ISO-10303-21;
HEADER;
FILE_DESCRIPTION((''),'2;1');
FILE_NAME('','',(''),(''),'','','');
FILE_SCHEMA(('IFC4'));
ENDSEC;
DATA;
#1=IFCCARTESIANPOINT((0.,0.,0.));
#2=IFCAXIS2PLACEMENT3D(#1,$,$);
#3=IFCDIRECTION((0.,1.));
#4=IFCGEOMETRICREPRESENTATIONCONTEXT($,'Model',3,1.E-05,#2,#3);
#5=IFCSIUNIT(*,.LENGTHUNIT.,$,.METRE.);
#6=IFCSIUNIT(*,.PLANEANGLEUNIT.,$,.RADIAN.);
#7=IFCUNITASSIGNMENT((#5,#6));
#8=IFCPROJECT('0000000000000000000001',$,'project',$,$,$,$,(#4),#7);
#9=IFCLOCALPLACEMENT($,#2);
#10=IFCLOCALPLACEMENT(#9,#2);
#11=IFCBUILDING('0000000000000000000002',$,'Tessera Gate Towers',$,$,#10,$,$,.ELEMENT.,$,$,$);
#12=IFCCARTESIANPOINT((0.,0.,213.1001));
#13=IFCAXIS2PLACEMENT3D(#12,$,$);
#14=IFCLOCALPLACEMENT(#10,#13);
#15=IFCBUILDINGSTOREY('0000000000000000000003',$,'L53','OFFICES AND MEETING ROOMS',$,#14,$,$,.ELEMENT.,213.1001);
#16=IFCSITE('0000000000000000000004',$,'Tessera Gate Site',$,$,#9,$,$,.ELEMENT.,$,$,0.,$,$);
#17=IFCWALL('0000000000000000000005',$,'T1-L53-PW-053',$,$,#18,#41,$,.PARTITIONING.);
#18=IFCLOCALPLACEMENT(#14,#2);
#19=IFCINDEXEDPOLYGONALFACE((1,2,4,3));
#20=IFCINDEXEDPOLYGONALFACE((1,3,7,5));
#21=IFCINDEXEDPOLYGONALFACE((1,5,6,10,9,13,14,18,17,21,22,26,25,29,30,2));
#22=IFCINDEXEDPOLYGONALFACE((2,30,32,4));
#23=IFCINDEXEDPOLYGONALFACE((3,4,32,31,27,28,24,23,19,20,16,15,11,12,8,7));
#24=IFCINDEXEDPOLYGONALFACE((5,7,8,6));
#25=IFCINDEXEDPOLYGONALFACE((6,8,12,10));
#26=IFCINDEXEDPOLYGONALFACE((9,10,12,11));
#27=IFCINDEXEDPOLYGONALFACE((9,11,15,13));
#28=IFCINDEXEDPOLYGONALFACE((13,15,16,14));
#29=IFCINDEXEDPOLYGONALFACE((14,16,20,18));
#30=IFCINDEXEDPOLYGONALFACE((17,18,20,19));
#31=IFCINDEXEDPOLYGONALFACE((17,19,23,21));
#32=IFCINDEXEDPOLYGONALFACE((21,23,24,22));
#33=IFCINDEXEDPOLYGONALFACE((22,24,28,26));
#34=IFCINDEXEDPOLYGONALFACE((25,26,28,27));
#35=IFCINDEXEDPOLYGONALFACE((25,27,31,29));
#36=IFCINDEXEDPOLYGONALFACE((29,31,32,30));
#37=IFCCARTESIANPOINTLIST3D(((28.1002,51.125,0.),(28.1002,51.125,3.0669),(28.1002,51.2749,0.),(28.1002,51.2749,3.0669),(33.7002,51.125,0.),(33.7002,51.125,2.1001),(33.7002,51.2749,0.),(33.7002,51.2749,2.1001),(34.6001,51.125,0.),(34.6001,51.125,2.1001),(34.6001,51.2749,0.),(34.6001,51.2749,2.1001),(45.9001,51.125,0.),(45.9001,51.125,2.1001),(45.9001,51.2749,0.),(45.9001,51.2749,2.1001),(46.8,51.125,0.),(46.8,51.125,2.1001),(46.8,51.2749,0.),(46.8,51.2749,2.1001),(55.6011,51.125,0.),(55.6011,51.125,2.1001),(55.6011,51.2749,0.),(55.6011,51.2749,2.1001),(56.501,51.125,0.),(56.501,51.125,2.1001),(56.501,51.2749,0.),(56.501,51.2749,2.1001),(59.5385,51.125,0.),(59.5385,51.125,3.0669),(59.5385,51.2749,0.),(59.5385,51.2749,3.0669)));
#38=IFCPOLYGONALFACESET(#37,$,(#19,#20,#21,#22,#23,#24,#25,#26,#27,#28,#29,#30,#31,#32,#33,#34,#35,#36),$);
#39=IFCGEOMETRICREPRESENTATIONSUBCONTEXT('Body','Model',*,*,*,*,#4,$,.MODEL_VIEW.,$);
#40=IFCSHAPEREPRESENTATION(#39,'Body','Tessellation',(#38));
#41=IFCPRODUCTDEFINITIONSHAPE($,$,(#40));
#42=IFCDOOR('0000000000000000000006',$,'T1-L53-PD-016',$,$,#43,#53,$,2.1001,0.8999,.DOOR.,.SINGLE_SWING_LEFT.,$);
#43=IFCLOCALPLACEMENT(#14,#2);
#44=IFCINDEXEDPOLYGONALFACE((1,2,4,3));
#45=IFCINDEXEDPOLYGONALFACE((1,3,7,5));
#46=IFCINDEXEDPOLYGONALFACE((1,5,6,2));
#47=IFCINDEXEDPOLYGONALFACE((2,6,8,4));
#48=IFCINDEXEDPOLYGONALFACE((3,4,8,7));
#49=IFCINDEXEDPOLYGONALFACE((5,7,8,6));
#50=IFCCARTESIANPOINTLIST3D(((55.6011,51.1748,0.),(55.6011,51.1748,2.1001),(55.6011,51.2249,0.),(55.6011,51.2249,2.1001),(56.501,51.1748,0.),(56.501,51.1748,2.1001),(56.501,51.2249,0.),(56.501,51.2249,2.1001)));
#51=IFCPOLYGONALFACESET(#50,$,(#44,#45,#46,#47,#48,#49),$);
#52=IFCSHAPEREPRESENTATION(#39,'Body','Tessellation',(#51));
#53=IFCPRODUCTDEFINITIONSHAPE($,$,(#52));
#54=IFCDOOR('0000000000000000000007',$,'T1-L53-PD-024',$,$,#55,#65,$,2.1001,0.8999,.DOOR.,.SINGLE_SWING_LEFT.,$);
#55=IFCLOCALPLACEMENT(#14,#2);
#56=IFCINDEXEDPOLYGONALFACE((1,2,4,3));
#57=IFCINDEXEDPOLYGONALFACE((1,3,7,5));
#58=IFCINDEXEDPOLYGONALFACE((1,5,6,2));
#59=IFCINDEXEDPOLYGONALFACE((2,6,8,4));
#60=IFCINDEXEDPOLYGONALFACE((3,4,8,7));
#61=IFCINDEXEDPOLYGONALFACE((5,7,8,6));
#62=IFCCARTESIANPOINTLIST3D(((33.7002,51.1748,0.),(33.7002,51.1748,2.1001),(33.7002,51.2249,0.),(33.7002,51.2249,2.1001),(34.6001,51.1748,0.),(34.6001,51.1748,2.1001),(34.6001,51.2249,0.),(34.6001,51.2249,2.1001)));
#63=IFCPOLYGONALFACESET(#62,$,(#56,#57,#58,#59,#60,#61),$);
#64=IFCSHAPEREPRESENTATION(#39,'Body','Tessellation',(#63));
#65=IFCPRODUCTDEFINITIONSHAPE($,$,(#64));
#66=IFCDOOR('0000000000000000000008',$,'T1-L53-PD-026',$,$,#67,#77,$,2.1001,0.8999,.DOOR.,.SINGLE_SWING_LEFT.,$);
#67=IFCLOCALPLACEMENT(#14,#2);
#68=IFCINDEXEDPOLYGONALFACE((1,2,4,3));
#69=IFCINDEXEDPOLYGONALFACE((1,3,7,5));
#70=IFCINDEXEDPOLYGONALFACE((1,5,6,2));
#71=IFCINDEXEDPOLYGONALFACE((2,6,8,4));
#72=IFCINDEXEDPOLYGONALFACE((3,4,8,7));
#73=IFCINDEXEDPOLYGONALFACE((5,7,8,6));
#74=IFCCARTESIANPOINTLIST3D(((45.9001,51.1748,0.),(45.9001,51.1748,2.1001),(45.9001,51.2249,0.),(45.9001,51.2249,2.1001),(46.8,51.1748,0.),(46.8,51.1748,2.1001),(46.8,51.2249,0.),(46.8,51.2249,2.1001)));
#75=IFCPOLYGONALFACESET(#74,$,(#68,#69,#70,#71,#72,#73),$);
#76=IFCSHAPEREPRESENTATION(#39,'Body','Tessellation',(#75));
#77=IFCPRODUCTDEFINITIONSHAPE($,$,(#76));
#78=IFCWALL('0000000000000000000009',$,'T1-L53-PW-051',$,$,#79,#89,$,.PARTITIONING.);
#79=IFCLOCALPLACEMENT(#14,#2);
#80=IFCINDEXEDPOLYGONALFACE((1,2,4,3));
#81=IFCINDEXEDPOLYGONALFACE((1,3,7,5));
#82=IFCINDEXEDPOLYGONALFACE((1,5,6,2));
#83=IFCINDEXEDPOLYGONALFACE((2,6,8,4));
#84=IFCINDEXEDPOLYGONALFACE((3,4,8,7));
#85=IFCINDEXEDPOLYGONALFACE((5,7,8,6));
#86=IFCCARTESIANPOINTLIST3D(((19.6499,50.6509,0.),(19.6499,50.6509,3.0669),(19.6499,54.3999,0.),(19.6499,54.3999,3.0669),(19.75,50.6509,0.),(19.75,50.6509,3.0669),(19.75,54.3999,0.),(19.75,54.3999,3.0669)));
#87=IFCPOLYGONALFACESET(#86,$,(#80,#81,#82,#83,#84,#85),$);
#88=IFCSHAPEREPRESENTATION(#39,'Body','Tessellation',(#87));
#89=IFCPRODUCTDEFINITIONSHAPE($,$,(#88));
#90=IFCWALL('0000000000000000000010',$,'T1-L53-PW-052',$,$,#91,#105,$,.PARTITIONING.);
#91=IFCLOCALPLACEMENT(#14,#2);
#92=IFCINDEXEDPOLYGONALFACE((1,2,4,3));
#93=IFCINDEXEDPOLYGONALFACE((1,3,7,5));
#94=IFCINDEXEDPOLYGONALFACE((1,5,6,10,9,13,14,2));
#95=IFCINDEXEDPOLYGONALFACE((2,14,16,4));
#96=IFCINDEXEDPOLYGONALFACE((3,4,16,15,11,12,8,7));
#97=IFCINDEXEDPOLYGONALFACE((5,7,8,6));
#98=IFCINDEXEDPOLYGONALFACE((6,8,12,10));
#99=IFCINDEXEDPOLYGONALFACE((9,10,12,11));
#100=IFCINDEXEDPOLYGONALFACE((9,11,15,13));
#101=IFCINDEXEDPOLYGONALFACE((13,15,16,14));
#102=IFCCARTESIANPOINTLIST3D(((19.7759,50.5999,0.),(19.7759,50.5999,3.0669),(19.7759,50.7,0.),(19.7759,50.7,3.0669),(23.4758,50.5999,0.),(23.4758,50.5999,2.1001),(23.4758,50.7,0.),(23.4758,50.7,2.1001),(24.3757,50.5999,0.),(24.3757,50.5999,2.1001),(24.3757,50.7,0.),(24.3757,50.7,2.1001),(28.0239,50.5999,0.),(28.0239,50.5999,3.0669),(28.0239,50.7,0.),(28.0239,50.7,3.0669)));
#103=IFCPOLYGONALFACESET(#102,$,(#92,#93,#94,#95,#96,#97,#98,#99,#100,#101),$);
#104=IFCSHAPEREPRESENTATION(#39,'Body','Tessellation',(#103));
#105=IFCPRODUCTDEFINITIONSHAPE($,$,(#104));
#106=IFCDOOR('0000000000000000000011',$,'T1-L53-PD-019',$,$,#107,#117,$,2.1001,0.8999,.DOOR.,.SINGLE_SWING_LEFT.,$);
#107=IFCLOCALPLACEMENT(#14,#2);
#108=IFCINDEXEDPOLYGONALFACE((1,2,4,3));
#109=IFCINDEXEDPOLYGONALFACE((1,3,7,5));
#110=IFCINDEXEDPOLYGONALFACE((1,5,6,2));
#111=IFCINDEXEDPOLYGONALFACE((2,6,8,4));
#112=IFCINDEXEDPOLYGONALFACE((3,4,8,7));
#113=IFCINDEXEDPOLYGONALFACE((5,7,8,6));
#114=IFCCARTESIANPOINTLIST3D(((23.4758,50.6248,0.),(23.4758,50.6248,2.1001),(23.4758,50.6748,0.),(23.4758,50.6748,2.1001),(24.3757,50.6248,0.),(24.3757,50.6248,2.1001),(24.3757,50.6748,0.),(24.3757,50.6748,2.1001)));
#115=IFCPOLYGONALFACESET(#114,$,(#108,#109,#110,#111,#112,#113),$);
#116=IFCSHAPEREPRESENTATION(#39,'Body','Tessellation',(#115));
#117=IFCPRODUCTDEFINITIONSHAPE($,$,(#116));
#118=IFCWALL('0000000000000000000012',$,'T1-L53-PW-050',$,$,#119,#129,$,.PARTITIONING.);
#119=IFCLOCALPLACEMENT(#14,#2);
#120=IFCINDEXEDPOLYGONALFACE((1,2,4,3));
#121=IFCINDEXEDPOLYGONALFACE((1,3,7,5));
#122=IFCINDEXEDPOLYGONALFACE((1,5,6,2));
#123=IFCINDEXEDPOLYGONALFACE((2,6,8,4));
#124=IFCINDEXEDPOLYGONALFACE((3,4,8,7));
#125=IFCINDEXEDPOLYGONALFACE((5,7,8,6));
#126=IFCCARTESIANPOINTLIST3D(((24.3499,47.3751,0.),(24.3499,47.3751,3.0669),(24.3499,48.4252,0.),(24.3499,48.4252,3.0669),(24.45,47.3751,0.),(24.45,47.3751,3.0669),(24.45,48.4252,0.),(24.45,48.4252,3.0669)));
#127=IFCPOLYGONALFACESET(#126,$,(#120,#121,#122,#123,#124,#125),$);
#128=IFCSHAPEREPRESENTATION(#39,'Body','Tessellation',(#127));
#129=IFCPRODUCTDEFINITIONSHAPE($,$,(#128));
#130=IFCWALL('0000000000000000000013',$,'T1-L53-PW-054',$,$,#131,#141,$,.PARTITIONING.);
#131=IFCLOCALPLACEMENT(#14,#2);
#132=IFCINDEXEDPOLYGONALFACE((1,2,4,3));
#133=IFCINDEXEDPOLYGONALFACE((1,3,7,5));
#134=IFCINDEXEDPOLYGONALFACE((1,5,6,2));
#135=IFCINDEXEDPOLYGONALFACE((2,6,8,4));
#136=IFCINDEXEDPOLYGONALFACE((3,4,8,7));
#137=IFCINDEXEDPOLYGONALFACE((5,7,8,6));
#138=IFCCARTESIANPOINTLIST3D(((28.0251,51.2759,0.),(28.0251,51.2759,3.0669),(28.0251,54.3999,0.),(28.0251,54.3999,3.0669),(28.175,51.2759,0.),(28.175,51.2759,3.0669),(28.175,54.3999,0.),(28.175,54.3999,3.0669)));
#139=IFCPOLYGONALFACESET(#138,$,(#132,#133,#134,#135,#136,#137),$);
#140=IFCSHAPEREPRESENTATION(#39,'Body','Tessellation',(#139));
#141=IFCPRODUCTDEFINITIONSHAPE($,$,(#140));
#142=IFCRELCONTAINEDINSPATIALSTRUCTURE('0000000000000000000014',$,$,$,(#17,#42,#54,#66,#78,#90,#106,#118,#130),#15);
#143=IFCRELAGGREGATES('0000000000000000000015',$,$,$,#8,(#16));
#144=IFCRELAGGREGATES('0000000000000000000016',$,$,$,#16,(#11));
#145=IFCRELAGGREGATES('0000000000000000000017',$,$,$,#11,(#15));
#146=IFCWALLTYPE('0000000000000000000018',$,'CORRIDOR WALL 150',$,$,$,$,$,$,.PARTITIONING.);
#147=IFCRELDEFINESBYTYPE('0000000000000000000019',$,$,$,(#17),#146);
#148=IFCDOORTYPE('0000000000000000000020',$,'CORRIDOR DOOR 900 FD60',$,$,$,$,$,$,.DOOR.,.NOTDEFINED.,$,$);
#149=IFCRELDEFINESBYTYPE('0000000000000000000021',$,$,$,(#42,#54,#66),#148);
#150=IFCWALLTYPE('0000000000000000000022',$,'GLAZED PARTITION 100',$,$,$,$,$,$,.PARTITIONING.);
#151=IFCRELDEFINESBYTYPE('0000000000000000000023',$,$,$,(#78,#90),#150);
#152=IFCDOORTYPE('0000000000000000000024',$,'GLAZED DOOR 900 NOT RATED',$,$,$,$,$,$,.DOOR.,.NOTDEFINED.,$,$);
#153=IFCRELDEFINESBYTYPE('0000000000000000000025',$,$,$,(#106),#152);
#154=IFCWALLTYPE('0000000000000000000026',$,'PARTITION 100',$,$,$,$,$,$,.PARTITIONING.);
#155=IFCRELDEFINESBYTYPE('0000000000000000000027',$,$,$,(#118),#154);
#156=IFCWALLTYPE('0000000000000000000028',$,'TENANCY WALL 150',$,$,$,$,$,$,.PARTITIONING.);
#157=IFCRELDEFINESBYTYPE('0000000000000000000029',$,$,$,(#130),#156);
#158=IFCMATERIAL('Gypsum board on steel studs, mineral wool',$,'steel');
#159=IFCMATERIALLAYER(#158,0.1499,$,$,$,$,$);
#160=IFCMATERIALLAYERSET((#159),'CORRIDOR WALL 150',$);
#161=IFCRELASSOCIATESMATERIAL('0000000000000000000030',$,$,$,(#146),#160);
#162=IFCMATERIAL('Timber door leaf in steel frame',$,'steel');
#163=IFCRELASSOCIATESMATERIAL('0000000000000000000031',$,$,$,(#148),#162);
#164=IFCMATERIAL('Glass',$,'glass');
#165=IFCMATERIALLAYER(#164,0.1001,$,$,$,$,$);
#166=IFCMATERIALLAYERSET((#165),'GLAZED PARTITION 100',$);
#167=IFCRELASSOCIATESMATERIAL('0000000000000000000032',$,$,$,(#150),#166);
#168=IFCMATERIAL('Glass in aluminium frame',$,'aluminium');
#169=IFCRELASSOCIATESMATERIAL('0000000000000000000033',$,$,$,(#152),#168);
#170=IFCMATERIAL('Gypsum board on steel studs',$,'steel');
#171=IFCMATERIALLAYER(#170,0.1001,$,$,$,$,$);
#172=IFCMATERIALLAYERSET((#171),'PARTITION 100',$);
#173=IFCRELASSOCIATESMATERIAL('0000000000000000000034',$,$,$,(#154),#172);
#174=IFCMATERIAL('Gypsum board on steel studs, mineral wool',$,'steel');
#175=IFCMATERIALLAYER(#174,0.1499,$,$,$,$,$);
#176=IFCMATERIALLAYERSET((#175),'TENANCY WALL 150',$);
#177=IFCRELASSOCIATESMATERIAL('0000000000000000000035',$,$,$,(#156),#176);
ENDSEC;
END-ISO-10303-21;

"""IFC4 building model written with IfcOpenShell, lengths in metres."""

from ifc_helpers import new_model, si_unit, direction, frame, frame_2d, origin, place, context, subcontext, project, spatial, rectangle, extrude, source, transform, mapped, material, layer, layer_set, type_object, element, fill, save


model = new_model("IFC4")

# Units and contexts
model_context = context("Model", 3, precision=1e-05, world=origin(), true_north=direction((0.0, 1.0)))
body_context = subcontext(model_context, "Body", "Model", "MODEL_VIEW")
ifc_project = project(units=[si_unit("LENGTHUNIT", "METRE"), si_unit("PLANEANGLEUNIT", "RADIAN")], contexts=[model_context])

# Site, building, storey
site_placement = place(None, origin())
site = spatial("IfcSite", under=ifc_project, at=site_placement, Name="Tessera Gate Site", CompositionType="ELEMENT", RefElevation=0.0)
building_placement = place(site_placement, origin())
building = spatial("IfcBuilding", under=site, at=building_placement, Name="Tessera Gate Towers", CompositionType="ELEMENT")
storey_placement = place(building_placement, frame((0.0, 0.0, 213.1001)))
storey = spatial("IfcBuildingStorey", under=building, at=storey_placement, Name="L53", Description="OFFICES AND MEETING ROOMS", CompositionType="ELEMENT", Elevation=213.1001)

# Shared definitions
ifc_material_1 = material(Name="Gypsum board on steel studs, mineral wool", Category="steel")
ifc_layer_1 = layer(ifc_material_1, 0.1499)
ifc_layer_set_1 = layer_set([ifc_layer_1], Name="CORRIDOR WALL 150")
wall_type_1 = type_object("IfcWallType", Name="CORRIDOR WALL 150", PredefinedType="PARTITIONING", material=ifc_layer_set_1)

# Wall, openings, doors
wall_1_placement = place(storey_placement, frame((28.1001, 51.2, 0.0), z_axis=(0.0, 0.0, 1.0), x_axis=(1.0, 0.0, 0.0)))
wall_1 = element("IfcWall", 1, at=wall_1_placement, inside=storey, type_object=wall_type_1, Name="T1-L53-PW-053", PredefinedType="PARTITIONING", context=body_context, shape_type="SweptSolid", body=[
    extrude(rectangle(XDim=31.4382, YDim=0.1499, at=frame_2d((15.7192, 0.0))), origin(), (0.0, 0.0, 1.0), 3.0669),
])
shared_shape_1 = source(origin(), body_context, "Body", "SweptSolid", [
    extrude(rectangle(XDim=0.8999, YDim=2.1001, at=frame_2d((0.45, 1.05))), frame((0.0, 0.085, 0.0), z_axis=(0.0, -1.0, 0.0), x_axis=(1.0, 0.0, 0.0)), (0.0, 0.0, 1.0), 0.1699),
])
opening_1_placement = place(wall_1_placement, frame((27.501, 0.0, 0.0)))
opening_1 = element("IfcOpeningElement", 2, at=opening_1_placement, cuts=wall_1, PredefinedType="OPENING", context=body_context, shape_type="MappedRepresentation", body=[
    mapped(shared_shape_1, transform((0.0, 0.0, 0.0), scale=1.0)),
])
opening_2_placement = place(wall_1_placement, frame((5.6001, 0.0, 0.0)))
opening_2 = element("IfcOpeningElement", 3, at=opening_2_placement, cuts=wall_1, PredefinedType="OPENING", context=body_context, shape_type="MappedRepresentation", body=[
    mapped(shared_shape_1, transform((0.0, 0.0, 0.0), scale=1.0)),
])
opening_3_placement = place(wall_1_placement, frame((17.8, 0.0, 0.0)))
opening_3 = element("IfcOpeningElement", 4, at=opening_3_placement, cuts=wall_1, PredefinedType="OPENING", context=body_context, shape_type="MappedRepresentation", body=[
    mapped(shared_shape_1, transform((0.0, 0.0, 0.0), scale=1.0)),
])
ifc_material_2 = material(Name="Timber door leaf in steel frame", Category="steel")
door_type_1 = type_object("IfcDoorType", Name="CORRIDOR DOOR 900 FD60", OperationType="NOTDEFINED", PredefinedType="DOOR", material=ifc_material_2)
shared_shape_2 = source(origin(), body_context, "Body", "SweptSolid", [
    extrude(rectangle(XDim=0.8999, YDim=2.1001, at=frame_2d((0.45, 1.05))), frame((0.0, 0.0249, 0.0), z_axis=(0.0, -1.0, 0.0), x_axis=(1.0, 0.0, 0.0)), (0.0, 0.0, 1.0), 0.05),
])
door_1_placement = place(opening_1_placement, origin())
door_1 = element("IfcDoor", 5, at=door_1_placement, inside=storey, type_object=door_type_1, Name="T1-L53-PD-016", OperationType="SINGLE_SWING_LEFT", OverallHeight=2.1001, OverallWidth=0.8999, PredefinedType="DOOR", context=body_context, shape_type="MappedRepresentation", body=[
    mapped(shared_shape_2, transform((0.0, 0.0, 0.0), scale=1.0)),
])
fill(opening_1, door_1)
door_2_placement = place(opening_2_placement, origin())
door_2 = element("IfcDoor", 6, at=door_2_placement, inside=storey, type_object=door_type_1, Name="T1-L53-PD-024", OperationType="SINGLE_SWING_LEFT", OverallHeight=2.1001, OverallWidth=0.8999, PredefinedType="DOOR", context=body_context, shape_type="MappedRepresentation", body=[
    mapped(shared_shape_2, transform((0.0, 0.0, 0.0), scale=1.0)),
])
fill(opening_2, door_2)
door_3_placement = place(opening_3_placement, origin())
door_3 = element("IfcDoor", 7, at=door_3_placement, inside=storey, type_object=door_type_1, Name="T1-L53-PD-026", OperationType="SINGLE_SWING_LEFT", OverallHeight=2.1001, OverallWidth=0.8999, PredefinedType="DOOR", context=body_context, shape_type="MappedRepresentation", body=[
    mapped(shared_shape_2, transform((0.0, 0.0, 0.0), scale=1.0)),
])
fill(opening_3, door_3)

# Wall
ifc_material_3 = material(Name="Glass", Category="glass")
ifc_layer_2 = layer(ifc_material_3, 0.1001)
ifc_layer_set_2 = layer_set([ifc_layer_2], Name="GLAZED PARTITION 100")
wall_type_2 = type_object("IfcWallType", Name="GLAZED PARTITION 100", PredefinedType="PARTITIONING", material=ifc_layer_set_2)
wall_2_placement = place(storey_placement, frame((19.7, 50.6509, 0.0), z_axis=(0.0, 0.0, 1.0), x_axis=(0.0, 1.0, 0.0)))
element("IfcWall", 8, at=wall_2_placement, inside=storey, type_object=wall_type_2, Name="T1-L53-PW-051", PredefinedType="PARTITIONING", context=body_context, shape_type="SweptSolid", body=[
    extrude(rectangle(XDim=3.749, YDim=0.1001, at=frame_2d((1.8745, 0.0))), origin(), (0.0, 0.0, 1.0), 3.0669),
])

# Wall, opening, door
wall_3_placement = place(storey_placement, frame((19.7759, 50.6499, 0.0), z_axis=(0.0, 0.0, 1.0), x_axis=(1.0, 0.0, 0.0)))
wall_3 = element("IfcWall", 9, at=wall_3_placement, inside=storey, type_object=wall_type_2, Name="T1-L53-PW-052", PredefinedType="PARTITIONING", context=body_context, shape_type="SweptSolid", body=[
    extrude(rectangle(XDim=8.248, YDim=0.1001, at=frame_2d((4.124, 0.0))), origin(), (0.0, 0.0, 1.0), 3.0669),
])
shared_shape_3 = source(origin(), body_context, "Body", "SweptSolid", [
    extrude(rectangle(XDim=0.8999, YDim=2.1001, at=frame_2d((0.45, 1.05))), frame((0.0, 0.0601, 0.0), z_axis=(0.0, -1.0, 0.0), x_axis=(1.0, 0.0, 0.0)), (0.0, 0.0, 1.0), 0.1201),
])
opening_4_placement = place(wall_3_placement, frame((3.7, 0.0, 0.0)))
opening_4 = element("IfcOpeningElement", 10, at=opening_4_placement, cuts=wall_3, PredefinedType="OPENING", context=body_context, shape_type="MappedRepresentation", body=[
    mapped(shared_shape_3, transform((0.0, 0.0, 0.0), scale=1.0)),
])
ifc_material_4 = material(Name="Glass in aluminium frame", Category="aluminium")
door_type_2 = type_object("IfcDoorType", Name="GLAZED DOOR 900 NOT RATED", OperationType="NOTDEFINED", PredefinedType="DOOR", material=ifc_material_4)
door_4_placement = place(opening_4_placement, origin())
door_4 = element("IfcDoor", 11, at=door_4_placement, inside=storey, type_object=door_type_2, Name="T1-L53-PD-019", OperationType="SINGLE_SWING_LEFT", OverallHeight=2.1001, OverallWidth=0.8999, PredefinedType="DOOR", context=body_context, shape_type="MappedRepresentation", body=[
    mapped(shared_shape_2, transform((0.0, 0.0, 0.0), scale=1.0)),
])
fill(opening_4, door_4)

# Walls
ifc_material_5 = material(Name="Gypsum board on steel studs", Category="steel")
ifc_layer_3 = layer(ifc_material_5, 0.1001)
ifc_layer_set_3 = layer_set([ifc_layer_3], Name="PARTITION 100")
wall_type_3 = type_object("IfcWallType", Name="PARTITION 100", PredefinedType="PARTITIONING", material=ifc_layer_set_3)
wall_4_placement = place(storey_placement, frame((24.3999, 48.425, 0.0), z_axis=(0.0, 0.0, 1.0), x_axis=(0.0, -1.0, 0.0)))
element("IfcWall", 12, at=wall_4_placement, inside=storey, type_object=wall_type_3, Name="T1-L53-PW-050", PredefinedType="PARTITIONING", context=body_context, shape_type="SweptSolid", body=[
    extrude(rectangle(XDim=1.05, YDim=0.1001, at=frame_2d((0.5249, 0.0))), origin(), (0.0, 0.0, 1.0), 3.0669),
])
ifc_material_6 = material(Name="Gypsum board on steel studs, mineral wool", Category="steel")
ifc_layer_4 = layer(ifc_material_6, 0.1499)
ifc_layer_set_4 = layer_set([ifc_layer_4], Name="TENANCY WALL 150")
wall_type_4 = type_object("IfcWallType", Name="TENANCY WALL 150", PredefinedType="PARTITIONING", material=ifc_layer_set_4)
wall_5_placement = place(storey_placement, frame((28.1001, 51.2759, 0.0), z_axis=(0.0, 0.0, 1.0), x_axis=(0.0, 1.0, 0.0)))
element("IfcWall", 13, at=wall_5_placement, inside=storey, type_object=wall_type_4, Name="T1-L53-PW-054", PredefinedType="PARTITIONING", context=body_context, shape_type="SweptSolid", body=[
    extrude(rectangle(XDim=3.124, YDim=0.1499, at=frame_2d((1.562, 0.0))), origin(), (0.0, 0.0, 1.0), 3.0669),
])

save(model, "model.ifc")
